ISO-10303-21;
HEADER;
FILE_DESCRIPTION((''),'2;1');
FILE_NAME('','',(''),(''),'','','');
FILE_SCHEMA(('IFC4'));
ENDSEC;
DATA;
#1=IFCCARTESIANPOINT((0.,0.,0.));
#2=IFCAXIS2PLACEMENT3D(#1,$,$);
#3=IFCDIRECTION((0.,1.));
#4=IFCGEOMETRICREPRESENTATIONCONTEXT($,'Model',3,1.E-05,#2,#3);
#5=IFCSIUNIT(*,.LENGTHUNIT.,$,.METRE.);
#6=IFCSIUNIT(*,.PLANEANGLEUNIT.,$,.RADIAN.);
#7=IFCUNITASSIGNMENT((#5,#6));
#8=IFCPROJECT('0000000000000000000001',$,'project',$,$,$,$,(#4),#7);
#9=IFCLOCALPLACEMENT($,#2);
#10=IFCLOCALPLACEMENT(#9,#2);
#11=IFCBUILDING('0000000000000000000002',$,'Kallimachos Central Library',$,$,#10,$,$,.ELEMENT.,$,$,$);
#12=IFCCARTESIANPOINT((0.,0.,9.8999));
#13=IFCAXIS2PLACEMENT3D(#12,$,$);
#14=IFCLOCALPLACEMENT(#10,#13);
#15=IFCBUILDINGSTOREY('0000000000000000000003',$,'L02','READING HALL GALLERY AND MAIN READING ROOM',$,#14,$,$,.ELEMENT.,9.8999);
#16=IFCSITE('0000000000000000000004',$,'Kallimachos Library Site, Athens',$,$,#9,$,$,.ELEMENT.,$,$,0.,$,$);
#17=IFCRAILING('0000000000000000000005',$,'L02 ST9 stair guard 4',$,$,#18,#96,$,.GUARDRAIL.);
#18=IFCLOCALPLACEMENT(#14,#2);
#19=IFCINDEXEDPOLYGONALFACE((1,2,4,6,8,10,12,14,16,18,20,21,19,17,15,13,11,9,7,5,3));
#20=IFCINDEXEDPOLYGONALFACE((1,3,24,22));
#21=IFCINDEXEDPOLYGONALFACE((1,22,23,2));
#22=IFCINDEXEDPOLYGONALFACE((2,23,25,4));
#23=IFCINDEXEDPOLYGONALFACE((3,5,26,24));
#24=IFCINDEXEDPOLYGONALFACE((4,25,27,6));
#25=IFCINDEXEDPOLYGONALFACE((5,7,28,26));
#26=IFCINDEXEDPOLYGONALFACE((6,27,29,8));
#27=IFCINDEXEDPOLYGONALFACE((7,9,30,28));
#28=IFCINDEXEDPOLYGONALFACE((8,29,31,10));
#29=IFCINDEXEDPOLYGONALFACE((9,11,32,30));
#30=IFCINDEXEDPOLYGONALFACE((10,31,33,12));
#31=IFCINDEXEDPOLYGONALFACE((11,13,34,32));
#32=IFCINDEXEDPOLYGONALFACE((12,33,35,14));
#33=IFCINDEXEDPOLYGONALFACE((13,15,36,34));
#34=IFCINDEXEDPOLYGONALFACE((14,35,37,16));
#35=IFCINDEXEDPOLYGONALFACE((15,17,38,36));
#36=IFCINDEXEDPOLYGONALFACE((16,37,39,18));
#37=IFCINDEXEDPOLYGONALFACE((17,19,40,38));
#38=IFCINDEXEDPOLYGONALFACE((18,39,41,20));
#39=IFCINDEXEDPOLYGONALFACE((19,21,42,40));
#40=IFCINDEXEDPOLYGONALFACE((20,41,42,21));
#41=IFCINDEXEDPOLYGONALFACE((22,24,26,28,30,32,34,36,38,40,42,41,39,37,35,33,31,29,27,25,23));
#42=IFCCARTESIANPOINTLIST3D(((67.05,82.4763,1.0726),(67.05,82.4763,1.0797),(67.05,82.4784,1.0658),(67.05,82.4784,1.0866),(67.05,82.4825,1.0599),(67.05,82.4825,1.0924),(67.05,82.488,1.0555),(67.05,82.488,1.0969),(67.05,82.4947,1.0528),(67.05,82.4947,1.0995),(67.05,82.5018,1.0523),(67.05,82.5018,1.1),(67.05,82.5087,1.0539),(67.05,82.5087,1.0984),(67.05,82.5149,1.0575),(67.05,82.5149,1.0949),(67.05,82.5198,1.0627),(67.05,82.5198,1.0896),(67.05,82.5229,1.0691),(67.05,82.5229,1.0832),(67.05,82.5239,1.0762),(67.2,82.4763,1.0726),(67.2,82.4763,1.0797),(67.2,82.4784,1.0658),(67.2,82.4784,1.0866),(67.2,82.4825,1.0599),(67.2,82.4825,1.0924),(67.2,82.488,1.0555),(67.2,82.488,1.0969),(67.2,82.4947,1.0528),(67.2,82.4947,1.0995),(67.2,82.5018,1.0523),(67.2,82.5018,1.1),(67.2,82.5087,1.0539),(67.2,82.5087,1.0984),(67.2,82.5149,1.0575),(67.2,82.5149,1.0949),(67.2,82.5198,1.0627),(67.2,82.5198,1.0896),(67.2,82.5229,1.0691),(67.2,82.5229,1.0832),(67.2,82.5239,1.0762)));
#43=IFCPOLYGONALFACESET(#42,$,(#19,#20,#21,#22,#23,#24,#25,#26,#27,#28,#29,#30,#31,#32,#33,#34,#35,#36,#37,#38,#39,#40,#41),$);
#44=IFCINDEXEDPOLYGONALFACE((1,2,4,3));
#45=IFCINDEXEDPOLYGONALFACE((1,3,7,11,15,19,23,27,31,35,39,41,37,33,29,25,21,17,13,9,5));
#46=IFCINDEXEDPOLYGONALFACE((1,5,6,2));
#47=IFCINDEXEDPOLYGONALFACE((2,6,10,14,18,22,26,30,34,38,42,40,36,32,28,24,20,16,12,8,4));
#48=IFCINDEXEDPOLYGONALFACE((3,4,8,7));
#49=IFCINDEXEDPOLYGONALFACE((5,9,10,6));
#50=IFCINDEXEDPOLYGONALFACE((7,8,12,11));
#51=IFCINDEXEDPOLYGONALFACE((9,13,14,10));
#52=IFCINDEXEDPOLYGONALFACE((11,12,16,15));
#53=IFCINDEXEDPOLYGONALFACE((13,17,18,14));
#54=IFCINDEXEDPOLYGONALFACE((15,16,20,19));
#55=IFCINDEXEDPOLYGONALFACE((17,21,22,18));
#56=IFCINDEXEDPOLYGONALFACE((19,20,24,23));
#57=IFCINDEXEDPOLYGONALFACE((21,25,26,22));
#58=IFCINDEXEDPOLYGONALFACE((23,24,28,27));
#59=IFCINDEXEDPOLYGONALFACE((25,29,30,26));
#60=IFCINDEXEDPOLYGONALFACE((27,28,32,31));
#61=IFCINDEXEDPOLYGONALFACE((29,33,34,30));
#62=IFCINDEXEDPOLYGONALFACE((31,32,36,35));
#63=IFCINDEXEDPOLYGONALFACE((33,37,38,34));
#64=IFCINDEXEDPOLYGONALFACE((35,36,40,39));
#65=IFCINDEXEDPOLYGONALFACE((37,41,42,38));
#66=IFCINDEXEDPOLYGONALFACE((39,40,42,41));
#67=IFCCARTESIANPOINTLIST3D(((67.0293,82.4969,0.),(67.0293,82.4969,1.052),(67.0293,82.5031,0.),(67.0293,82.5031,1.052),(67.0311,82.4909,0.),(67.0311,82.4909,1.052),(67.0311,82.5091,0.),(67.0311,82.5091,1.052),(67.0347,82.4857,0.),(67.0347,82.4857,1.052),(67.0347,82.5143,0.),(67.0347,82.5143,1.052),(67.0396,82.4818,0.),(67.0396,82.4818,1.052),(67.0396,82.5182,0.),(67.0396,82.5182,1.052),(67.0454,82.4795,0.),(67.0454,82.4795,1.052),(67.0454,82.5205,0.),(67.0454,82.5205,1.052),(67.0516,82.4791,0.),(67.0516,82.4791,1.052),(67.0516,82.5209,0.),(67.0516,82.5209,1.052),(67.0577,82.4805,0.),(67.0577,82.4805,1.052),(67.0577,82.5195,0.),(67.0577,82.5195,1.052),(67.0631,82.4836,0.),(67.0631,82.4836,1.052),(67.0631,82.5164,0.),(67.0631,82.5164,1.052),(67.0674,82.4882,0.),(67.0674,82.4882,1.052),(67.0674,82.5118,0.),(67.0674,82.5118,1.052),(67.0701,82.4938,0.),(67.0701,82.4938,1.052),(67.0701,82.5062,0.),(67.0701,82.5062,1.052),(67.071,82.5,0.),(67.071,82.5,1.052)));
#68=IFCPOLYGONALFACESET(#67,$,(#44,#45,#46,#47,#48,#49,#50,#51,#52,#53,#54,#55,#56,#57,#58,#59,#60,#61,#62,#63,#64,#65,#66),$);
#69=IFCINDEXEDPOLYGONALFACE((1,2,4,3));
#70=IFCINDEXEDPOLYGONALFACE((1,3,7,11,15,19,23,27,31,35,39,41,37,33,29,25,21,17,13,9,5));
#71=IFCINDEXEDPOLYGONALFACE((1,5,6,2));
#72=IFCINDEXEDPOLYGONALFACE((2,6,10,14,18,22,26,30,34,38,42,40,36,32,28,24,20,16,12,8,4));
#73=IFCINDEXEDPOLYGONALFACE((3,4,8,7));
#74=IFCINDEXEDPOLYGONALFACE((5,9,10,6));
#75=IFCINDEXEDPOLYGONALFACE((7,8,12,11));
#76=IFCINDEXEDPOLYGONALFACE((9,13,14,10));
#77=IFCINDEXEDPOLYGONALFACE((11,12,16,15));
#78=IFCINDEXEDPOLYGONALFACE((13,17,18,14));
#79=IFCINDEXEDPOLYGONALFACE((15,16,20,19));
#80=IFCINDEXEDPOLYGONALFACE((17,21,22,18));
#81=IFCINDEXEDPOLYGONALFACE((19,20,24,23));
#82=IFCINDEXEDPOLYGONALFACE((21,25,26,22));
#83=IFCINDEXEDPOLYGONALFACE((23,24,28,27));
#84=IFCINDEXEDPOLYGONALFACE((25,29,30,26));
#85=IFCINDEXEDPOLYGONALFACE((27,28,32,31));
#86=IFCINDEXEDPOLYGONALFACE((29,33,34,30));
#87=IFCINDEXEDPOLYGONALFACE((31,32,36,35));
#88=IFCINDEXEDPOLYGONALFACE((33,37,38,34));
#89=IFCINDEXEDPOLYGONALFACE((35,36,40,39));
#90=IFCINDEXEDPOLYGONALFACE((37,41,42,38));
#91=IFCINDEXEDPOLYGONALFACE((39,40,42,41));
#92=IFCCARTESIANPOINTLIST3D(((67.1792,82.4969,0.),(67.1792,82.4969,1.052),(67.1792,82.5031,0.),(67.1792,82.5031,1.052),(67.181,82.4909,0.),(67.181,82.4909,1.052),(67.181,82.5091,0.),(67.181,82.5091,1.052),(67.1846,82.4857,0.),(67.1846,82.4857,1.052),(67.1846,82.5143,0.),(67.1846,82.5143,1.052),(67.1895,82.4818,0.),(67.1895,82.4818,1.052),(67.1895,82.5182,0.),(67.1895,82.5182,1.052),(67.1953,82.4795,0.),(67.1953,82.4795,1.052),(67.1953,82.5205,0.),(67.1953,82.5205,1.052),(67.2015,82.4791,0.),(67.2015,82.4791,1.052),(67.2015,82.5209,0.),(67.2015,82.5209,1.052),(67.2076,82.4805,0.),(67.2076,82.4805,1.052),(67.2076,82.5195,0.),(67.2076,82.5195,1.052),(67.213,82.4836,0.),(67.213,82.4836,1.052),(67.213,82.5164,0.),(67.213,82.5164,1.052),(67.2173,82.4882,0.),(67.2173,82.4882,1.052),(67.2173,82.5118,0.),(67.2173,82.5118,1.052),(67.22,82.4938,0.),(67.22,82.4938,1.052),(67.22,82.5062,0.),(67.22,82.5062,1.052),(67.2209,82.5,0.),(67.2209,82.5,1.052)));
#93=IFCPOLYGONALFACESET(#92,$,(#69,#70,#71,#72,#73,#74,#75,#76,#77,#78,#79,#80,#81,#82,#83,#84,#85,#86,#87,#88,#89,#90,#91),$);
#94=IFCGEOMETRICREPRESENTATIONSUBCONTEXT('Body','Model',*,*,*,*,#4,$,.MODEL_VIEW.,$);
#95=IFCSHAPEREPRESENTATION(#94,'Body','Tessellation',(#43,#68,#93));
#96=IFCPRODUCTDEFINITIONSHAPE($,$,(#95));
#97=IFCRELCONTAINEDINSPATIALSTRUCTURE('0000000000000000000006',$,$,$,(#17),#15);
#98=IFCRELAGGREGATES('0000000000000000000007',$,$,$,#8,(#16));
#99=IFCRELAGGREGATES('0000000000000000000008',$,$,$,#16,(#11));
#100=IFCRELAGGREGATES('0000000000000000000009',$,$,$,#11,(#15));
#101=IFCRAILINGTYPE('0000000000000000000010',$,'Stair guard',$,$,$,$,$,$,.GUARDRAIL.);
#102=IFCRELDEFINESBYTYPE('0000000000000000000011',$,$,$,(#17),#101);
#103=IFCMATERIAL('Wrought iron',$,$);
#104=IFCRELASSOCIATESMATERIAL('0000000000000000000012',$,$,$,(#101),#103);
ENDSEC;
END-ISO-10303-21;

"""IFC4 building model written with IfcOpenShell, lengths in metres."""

from ifc_helpers import new_model, si_unit, direction, frame, origin, origin_2d, place, context, subcontext, project, spatial, circle, extrude, material, type_object, element, save


model = new_model("IFC4")

# Units and contexts
model_context = context("Model", 3, precision=1e-05, world=origin(), true_north=direction((0.0, 1.0)))
body_context = subcontext(model_context, "Body", "Model", "MODEL_VIEW")
ifc_project = project(units=[si_unit("LENGTHUNIT", "METRE"), si_unit("PLANEANGLEUNIT", "RADIAN")], contexts=[model_context])

# Site, building, storey
site_placement = place(None, origin())
site = spatial("IfcSite", under=ifc_project, at=site_placement, Name="Kallimachos Library Site, Athens", CompositionType="ELEMENT", RefElevation=0.0)
building_placement = place(site_placement, origin())
building = spatial("IfcBuilding", under=site, at=building_placement, Name="Kallimachos Central Library", CompositionType="ELEMENT")
storey_placement = place(building_placement, frame((0.0, 0.0, 9.8999)))
storey = spatial("IfcBuildingStorey", under=building, at=storey_placement, Name="L02", Description="READING HALL GALLERY AND MAIN READING ROOM", CompositionType="ELEMENT", Elevation=9.8999)

# Railing
ifc_material_1 = material(Name="Wrought iron")
railing_type_1 = type_object("IfcRailingType", Name="Stair guard", PredefinedType="GUARDRAIL", material=ifc_material_1)
railing_1_placement = place(storey_placement, frame((67.05, 82.5, 0.0)))
element("IfcRailing", 1, at=railing_1_placement, inside=storey, type_object=railing_type_1, Name="L02 ST9 stair guard 4", PredefinedType="GUARDRAIL", context=body_context, shape_type="SweptSolid", body=[
    extrude(circle(Radius=0.0239, at=origin_2d()), frame((0.0, 0.0, 1.0762), z_axis=(1.0, 0.0, 0.0), x_axis=(0.0, 1.0, 0.0)), (0.0, 0.0, 1.0), 0.1499),
    extrude(circle(Radius=0.021, at=origin_2d()), origin(), (0.0, 0.0, 1.0), 1.052),
    extrude(circle(Radius=0.021, at=origin_2d()), frame((0.1499, 0.0, 0.0)), (0.0, 0.0, 1.0), 1.052),
])

save(model, "model.ifc")
